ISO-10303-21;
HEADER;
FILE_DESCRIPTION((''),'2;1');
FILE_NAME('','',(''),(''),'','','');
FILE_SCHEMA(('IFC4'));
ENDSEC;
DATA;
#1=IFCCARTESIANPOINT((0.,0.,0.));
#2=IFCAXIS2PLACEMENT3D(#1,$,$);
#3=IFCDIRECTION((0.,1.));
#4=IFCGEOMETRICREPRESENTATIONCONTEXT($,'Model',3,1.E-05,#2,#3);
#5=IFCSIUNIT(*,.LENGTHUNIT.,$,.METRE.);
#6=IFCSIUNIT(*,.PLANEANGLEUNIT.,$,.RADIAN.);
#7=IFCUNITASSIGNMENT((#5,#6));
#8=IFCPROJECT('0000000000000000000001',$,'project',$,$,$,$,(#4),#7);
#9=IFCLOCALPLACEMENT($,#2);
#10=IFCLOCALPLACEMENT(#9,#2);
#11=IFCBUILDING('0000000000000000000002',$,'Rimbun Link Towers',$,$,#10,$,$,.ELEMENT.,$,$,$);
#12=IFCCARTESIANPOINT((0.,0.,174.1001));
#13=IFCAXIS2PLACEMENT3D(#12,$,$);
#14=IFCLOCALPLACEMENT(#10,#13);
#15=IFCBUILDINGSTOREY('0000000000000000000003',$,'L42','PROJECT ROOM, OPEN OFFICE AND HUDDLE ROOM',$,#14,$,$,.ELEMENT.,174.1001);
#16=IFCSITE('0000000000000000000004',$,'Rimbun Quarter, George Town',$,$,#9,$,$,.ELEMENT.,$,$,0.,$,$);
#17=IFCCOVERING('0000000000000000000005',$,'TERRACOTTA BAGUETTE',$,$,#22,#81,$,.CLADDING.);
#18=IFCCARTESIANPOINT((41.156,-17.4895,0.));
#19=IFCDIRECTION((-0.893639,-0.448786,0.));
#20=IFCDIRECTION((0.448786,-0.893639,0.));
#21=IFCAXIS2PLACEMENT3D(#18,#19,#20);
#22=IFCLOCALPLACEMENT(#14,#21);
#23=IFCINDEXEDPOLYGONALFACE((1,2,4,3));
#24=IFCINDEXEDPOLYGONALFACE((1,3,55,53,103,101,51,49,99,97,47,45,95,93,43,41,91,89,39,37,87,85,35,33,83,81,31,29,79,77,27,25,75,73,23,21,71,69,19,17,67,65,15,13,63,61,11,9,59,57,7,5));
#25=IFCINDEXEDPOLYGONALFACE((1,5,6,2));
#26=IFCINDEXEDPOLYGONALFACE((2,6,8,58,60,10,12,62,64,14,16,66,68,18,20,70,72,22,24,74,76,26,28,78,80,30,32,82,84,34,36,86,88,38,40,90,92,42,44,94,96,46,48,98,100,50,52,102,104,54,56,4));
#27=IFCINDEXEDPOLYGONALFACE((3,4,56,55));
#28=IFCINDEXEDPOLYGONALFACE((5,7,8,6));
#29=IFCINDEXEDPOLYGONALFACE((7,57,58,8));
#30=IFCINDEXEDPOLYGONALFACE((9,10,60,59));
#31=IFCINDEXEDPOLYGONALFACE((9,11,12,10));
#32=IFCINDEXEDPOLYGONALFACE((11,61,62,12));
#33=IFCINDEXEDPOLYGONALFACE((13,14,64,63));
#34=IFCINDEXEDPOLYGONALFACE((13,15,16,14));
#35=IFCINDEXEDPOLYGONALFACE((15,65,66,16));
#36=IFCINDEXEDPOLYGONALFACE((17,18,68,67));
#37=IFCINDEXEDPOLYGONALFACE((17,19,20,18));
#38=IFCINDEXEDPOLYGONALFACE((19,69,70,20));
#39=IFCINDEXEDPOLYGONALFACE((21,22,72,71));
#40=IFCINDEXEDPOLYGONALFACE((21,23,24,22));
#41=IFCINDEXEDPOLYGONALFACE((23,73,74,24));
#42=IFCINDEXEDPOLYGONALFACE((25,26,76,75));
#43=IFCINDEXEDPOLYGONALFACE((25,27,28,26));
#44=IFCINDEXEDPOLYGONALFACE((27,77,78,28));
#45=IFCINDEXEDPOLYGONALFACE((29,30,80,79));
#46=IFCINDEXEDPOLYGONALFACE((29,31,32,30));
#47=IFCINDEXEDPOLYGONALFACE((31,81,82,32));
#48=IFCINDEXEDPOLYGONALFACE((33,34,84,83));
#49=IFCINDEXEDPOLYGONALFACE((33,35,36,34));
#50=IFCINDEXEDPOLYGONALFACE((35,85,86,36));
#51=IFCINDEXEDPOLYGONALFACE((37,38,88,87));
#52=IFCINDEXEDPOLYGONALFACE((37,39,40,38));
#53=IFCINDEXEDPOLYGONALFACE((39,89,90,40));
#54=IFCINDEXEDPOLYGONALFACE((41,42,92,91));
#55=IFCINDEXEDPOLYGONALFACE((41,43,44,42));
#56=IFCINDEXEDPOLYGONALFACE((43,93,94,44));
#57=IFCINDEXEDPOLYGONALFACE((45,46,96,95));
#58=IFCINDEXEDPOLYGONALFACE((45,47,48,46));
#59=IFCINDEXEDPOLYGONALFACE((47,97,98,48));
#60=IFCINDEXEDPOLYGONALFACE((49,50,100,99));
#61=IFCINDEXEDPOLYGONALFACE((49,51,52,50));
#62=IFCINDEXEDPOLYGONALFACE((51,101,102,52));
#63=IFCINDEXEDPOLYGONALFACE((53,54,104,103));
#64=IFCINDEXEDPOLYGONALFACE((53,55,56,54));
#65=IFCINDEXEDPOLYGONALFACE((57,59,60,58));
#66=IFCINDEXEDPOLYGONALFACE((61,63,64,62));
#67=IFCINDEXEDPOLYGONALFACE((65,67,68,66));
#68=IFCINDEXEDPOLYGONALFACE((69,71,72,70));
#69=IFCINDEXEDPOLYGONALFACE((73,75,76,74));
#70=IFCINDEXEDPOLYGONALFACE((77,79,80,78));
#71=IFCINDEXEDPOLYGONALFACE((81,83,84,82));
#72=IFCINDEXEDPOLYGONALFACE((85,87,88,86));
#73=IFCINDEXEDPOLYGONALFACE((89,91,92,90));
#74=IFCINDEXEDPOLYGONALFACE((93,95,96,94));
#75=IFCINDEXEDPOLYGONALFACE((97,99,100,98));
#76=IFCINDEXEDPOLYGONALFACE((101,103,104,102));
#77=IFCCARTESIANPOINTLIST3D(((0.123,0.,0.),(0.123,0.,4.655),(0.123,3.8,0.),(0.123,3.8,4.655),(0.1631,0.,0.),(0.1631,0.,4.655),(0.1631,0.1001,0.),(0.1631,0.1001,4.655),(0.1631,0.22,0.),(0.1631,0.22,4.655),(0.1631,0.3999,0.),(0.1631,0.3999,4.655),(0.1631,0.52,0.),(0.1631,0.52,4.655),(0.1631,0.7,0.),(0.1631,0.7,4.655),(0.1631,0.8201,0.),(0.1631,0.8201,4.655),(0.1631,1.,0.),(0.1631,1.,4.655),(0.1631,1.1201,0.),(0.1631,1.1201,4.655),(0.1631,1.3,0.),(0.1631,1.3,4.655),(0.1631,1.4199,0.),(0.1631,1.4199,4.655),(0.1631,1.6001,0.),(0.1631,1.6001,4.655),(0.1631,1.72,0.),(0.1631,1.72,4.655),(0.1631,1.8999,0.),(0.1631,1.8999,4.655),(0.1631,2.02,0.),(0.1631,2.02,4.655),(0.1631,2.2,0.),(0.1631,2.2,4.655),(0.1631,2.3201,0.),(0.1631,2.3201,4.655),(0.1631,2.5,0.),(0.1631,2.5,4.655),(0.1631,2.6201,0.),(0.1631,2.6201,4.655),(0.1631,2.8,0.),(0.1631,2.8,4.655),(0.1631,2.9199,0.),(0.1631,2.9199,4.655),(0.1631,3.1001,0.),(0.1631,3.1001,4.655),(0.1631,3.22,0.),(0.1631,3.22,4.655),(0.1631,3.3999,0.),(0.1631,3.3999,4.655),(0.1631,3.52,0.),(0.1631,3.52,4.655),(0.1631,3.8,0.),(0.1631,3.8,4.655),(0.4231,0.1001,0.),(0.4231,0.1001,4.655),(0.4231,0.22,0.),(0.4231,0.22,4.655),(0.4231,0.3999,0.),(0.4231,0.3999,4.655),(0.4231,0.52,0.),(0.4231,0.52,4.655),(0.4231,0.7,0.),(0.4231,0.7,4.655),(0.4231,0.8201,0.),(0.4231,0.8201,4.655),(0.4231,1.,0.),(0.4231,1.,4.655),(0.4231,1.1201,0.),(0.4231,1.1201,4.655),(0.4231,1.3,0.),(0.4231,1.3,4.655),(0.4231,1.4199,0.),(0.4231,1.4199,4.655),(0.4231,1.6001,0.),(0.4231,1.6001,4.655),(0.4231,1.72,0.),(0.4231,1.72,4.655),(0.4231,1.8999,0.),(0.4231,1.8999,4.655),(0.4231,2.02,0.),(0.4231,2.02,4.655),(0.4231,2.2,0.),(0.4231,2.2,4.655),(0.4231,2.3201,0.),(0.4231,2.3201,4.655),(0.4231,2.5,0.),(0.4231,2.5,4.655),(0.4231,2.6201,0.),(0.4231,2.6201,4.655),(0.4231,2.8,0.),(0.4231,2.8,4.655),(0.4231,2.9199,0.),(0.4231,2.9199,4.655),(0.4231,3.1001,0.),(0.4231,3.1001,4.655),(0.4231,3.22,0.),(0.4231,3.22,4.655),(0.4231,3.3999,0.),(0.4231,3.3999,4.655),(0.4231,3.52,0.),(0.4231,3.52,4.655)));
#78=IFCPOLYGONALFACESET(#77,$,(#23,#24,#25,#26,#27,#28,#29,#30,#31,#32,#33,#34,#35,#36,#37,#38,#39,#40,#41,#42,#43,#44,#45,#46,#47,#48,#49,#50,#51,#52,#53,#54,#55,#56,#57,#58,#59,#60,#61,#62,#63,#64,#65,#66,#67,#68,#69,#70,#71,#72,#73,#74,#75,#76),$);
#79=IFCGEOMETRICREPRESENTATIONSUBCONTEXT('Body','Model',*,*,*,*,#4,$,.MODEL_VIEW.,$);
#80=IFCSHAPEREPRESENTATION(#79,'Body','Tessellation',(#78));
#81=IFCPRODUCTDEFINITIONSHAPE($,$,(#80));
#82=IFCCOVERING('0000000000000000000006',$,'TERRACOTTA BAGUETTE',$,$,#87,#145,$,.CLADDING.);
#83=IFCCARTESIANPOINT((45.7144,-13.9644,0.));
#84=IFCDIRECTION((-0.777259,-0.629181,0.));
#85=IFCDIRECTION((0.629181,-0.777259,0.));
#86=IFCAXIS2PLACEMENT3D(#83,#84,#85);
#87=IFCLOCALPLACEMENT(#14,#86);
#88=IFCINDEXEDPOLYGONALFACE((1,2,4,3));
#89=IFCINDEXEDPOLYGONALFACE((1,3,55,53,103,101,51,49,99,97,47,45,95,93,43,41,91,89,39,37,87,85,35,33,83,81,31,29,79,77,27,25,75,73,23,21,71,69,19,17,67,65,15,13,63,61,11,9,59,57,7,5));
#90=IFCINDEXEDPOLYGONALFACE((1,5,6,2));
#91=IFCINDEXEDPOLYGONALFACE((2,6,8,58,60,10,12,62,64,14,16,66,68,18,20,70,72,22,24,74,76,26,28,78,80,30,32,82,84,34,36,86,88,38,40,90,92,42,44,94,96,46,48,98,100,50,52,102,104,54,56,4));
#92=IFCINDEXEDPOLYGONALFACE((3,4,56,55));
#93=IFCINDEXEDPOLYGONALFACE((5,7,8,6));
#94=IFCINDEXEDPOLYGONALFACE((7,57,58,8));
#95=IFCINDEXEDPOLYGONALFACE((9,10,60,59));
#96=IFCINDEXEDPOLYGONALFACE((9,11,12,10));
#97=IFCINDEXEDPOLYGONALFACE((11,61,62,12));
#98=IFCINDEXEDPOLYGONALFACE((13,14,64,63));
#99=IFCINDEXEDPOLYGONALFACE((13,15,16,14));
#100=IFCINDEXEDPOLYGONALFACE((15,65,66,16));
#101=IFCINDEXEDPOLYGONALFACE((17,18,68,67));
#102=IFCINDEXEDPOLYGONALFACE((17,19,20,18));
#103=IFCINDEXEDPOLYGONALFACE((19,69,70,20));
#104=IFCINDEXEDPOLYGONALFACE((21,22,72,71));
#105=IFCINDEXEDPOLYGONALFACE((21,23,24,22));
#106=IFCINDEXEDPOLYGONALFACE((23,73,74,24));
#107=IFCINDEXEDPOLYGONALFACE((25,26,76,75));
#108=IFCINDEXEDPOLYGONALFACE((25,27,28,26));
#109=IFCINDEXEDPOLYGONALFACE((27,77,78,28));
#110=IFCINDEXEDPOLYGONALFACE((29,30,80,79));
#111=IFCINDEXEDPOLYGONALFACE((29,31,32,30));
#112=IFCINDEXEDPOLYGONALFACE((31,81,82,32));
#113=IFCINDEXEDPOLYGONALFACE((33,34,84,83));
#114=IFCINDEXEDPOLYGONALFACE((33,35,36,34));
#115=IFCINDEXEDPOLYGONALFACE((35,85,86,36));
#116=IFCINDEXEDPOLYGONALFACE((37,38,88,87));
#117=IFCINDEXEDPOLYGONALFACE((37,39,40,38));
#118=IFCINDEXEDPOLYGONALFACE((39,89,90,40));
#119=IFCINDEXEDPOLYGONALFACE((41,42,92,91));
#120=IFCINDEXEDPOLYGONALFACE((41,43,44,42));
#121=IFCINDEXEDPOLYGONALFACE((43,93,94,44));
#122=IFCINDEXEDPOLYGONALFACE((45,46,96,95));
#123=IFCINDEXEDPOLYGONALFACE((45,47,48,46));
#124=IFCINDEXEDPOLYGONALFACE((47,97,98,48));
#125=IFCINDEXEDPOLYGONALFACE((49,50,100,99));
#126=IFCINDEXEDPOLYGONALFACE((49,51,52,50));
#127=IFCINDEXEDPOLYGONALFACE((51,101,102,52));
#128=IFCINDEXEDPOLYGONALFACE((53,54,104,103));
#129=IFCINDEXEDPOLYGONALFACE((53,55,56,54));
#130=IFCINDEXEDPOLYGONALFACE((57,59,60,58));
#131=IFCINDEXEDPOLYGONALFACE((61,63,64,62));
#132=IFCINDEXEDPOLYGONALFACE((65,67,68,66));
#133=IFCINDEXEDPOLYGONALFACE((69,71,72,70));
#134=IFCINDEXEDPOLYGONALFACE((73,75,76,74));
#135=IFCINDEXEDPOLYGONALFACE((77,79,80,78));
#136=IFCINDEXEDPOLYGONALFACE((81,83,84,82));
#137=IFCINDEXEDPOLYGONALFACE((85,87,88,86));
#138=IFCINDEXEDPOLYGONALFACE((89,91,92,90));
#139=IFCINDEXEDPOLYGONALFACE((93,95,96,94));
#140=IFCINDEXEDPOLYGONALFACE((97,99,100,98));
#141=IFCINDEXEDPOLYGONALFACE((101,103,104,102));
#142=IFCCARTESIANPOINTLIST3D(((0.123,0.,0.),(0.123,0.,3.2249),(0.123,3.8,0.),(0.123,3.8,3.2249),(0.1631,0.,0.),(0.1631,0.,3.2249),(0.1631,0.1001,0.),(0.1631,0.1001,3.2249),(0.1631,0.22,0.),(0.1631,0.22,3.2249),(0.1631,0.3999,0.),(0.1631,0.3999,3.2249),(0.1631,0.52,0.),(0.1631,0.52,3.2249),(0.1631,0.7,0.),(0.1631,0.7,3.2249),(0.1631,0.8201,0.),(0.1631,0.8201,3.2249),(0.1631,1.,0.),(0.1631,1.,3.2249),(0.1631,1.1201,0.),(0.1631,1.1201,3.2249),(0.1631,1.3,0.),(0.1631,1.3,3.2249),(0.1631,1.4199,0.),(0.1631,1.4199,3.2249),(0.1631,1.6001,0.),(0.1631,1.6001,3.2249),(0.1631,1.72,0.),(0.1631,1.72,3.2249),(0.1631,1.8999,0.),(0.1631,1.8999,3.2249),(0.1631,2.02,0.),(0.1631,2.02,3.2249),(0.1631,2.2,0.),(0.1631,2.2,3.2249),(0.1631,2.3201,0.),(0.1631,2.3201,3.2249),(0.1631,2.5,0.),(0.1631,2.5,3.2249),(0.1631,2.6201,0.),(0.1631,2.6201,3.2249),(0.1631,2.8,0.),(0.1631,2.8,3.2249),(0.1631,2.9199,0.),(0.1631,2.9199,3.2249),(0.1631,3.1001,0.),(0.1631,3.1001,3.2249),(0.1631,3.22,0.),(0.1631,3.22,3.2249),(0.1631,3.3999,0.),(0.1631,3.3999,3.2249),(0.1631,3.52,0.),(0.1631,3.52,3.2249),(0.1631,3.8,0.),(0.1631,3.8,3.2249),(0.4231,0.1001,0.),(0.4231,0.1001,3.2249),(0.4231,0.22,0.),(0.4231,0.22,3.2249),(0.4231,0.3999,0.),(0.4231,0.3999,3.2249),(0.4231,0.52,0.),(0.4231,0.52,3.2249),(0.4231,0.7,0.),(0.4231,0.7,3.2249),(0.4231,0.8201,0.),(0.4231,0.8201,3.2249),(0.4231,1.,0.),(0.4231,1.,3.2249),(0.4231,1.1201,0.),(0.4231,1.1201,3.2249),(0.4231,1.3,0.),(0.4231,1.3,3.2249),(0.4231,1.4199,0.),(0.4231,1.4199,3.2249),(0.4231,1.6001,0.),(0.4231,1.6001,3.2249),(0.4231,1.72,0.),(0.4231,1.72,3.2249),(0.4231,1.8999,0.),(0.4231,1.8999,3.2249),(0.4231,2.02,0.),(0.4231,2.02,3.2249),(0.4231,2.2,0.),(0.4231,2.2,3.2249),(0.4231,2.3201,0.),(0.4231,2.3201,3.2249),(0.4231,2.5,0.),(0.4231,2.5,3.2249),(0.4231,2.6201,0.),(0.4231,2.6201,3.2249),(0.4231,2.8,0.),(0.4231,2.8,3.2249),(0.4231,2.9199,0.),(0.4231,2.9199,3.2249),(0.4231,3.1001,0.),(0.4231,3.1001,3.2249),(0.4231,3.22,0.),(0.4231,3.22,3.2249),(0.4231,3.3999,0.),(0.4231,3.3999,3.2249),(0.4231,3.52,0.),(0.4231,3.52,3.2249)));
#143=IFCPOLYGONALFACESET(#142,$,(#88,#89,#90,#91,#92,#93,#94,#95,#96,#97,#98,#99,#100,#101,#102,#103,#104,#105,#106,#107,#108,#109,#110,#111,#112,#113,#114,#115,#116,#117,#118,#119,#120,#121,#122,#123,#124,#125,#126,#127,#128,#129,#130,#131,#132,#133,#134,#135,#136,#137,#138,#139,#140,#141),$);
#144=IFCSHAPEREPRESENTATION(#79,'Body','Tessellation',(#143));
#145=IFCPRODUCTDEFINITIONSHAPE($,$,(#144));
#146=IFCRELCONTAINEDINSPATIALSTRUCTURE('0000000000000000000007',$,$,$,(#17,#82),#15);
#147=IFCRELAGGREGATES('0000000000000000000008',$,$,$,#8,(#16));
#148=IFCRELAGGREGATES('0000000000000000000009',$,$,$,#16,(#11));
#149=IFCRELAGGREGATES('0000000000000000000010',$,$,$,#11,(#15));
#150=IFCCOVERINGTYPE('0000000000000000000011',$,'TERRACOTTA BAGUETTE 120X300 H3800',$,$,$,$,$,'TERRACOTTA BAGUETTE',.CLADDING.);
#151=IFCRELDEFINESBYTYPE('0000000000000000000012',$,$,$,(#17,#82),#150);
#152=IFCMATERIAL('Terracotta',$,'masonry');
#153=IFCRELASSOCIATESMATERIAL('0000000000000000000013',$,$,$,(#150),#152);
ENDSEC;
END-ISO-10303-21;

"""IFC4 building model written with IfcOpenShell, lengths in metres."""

from ifc_helpers import new_model, si_unit, direction, frame, origin, place, context, subcontext, project, spatial, polyline, outline, extrude, material, material_profile, profile_set, type_object, element, save


model = new_model("IFC4")

# Units and contexts
model_context = context("Model", 3, precision=1e-05, world=origin(), true_north=direction((0.0, 1.0)))
body_context = subcontext(model_context, "Body", "Model", "MODEL_VIEW")
ifc_project = project(units=[si_unit("LENGTHUNIT", "METRE"), si_unit("PLANEANGLEUNIT", "RADIAN")], contexts=[model_context])

# Site, building, storey
site_placement = place(None, origin())
site = spatial("IfcSite", under=ifc_project, at=site_placement, Name="Rimbun Quarter, George Town", CompositionType="ELEMENT", RefElevation=0.0)
building_placement = place(site_placement, origin())
building = spatial("IfcBuilding", under=site, at=building_placement, Name="Rimbun Link Towers", CompositionType="ELEMENT")
storey_placement = place(building_placement, frame((0.0, 0.0, 174.1001)))
storey = spatial("IfcBuildingStorey", under=building, at=storey_placement, Name="L42", Description="PROJECT ROOM, OPEN OFFICE AND HUDDLE ROOM", CompositionType="ELEMENT", Elevation=174.1001)

# Coverings
ifc_material_1 = material(Name="Terracotta", Category="masonry")
ifc_material_profile_1 = material_profile(ifc_material_1, outline(polyline([(0.123, 0.0), (0.1631, 0.0), (0.1631, 0.1001), (0.4231, 0.1001), (0.4231, 0.22), (0.1631, 0.22), (0.1631, 0.3999), (0.4231, 0.3999), (0.4231, 0.52), (0.1631, 0.52), (0.1631, 0.7), (0.4231, 0.7), (0.4231, 0.8201), (0.1631, 0.8201), (0.1631, 1.0), (0.4231, 1.0), (0.4231, 1.1201), (0.1631, 1.1201), (0.1631, 1.3), (0.4231, 1.3), (0.4231, 1.4199), (0.1631, 1.4199), (0.1631, 1.6001), (0.4231, 1.6001), (0.4231, 1.72), (0.1631, 1.72), (0.1631, 1.8999), (0.4231, 1.8999), (0.4231, 2.02), (0.1631, 2.02), (0.1631, 2.2), (0.4231, 2.2), (0.4231, 2.3201), (0.1631, 2.3201), (0.1631, 2.5), (0.4231, 2.5), (0.4231, 2.6201), (0.1631, 2.6201), (0.1631, 2.8), (0.4231, 2.8), (0.4231, 2.9199), (0.1631, 2.9199), (0.1631, 3.1001), (0.4231, 3.1001), (0.4231, 3.22), (0.1631, 3.22), (0.1631, 3.3999), (0.4231, 3.3999), (0.4231, 3.52), (0.1631, 3.52), (0.1631, 3.8), (0.123, 3.8), (0.123, 0.0)])), Name="BAGUETTE 120X300")
ifc_profile_set_1 = profile_set([ifc_material_profile_1], Name="Terracotta")
covering_type = type_object("IfcCoveringType", Name="TERRACOTTA BAGUETTE 120X300 H3800", ElementType="TERRACOTTA BAGUETTE", PredefinedType="CLADDING", material=ifc_profile_set_1)
covering_1_placement = place(storey_placement, frame((41.156, -17.4895, 0.0), z_axis=(-0.893639, -0.448786, 0.0), x_axis=(0.448786, -0.893639, 0.0)))
element("IfcCovering", 1, at=covering_1_placement, inside=storey, type_object=covering_type, Name="TERRACOTTA BAGUETTE", PredefinedType="CLADDING", context=body_context, shape_type="SweptSolid", body=[
    extrude(outline(polyline([(0.123, 0.0), (0.1631, 0.0), (0.1631, 0.1001), (0.4231, 0.1001), (0.4231, 0.22), (0.1631, 0.22), (0.1631, 0.3999), (0.4231, 0.3999), (0.4231, 0.52), (0.1631, 0.52), (0.1631, 0.7), (0.4231, 0.7), (0.4231, 0.8201), (0.1631, 0.8201), (0.1631, 1.0), (0.4231, 1.0), (0.4231, 1.1201), (0.1631, 1.1201), (0.1631, 1.3), (0.4231, 1.3), (0.4231, 1.4199), (0.1631, 1.4199), (0.1631, 1.6001), (0.4231, 1.6001), (0.4231, 1.72), (0.1631, 1.72), (0.1631, 1.8999), (0.4231, 1.8999), (0.4231, 2.02), (0.1631, 2.02), (0.1631, 2.2), (0.4231, 2.2), (0.4231, 2.3201), (0.1631, 2.3201), (0.1631, 2.5), (0.4231, 2.5), (0.4231, 2.6201), (0.1631, 2.6201), (0.1631, 2.8), (0.4231, 2.8), (0.4231, 2.9199), (0.1631, 2.9199), (0.1631, 3.1001), (0.4231, 3.1001), (0.4231, 3.22), (0.1631, 3.22), (0.1631, 3.3999), (0.4231, 3.3999), (0.4231, 3.52), (0.1631, 3.52), (0.1631, 3.8), (0.123, 3.8), (0.123, 0.0)])), origin(), (0.0, 0.0, 1.0), 4.655),
])
covering_2_placement = place(storey_placement, frame((45.7144, -13.9644, 0.0), z_axis=(-0.777259, -0.629181, 0.0), x_axis=(0.629181, -0.777259, 0.0)))
element("IfcCovering", 2, at=covering_2_placement, inside=storey, type_object=covering_type, Name="TERRACOTTA BAGUETTE", PredefinedType="CLADDING", context=body_context, shape_type="SweptSolid", body=[
    extrude(outline(polyline([(0.123, 0.0), (0.1631, 0.0), (0.1631, 0.1001), (0.4231, 0.1001), (0.4231, 0.22), (0.1631, 0.22), (0.1631, 0.3999), (0.4231, 0.3999), (0.4231, 0.52), (0.1631, 0.52), (0.1631, 0.7), (0.4231, 0.7), (0.4231, 0.8201), (0.1631, 0.8201), (0.1631, 1.0), (0.4231, 1.0), (0.4231, 1.1201), (0.1631, 1.1201), (0.1631, 1.3), (0.4231, 1.3), (0.4231, 1.4199), (0.1631, 1.4199), (0.1631, 1.6001), (0.4231, 1.6001), (0.4231, 1.72), (0.1631, 1.72), (0.1631, 1.8999), (0.4231, 1.8999), (0.4231, 2.02), (0.1631, 2.02), (0.1631, 2.2), (0.4231, 2.2), (0.4231, 2.3201), (0.1631, 2.3201), (0.1631, 2.5), (0.4231, 2.5), (0.4231, 2.6201), (0.1631, 2.6201), (0.1631, 2.8), (0.4231, 2.8), (0.4231, 2.9199), (0.1631, 2.9199), (0.1631, 3.1001), (0.4231, 3.1001), (0.4231, 3.22), (0.1631, 3.22), (0.1631, 3.3999), (0.4231, 3.3999), (0.4231, 3.52), (0.1631, 3.52), (0.1631, 3.8), (0.123, 3.8), (0.123, 0.0)])), origin(), (0.0, 0.0, 1.0), 3.2249),
])

save(model, "model.ifc")
